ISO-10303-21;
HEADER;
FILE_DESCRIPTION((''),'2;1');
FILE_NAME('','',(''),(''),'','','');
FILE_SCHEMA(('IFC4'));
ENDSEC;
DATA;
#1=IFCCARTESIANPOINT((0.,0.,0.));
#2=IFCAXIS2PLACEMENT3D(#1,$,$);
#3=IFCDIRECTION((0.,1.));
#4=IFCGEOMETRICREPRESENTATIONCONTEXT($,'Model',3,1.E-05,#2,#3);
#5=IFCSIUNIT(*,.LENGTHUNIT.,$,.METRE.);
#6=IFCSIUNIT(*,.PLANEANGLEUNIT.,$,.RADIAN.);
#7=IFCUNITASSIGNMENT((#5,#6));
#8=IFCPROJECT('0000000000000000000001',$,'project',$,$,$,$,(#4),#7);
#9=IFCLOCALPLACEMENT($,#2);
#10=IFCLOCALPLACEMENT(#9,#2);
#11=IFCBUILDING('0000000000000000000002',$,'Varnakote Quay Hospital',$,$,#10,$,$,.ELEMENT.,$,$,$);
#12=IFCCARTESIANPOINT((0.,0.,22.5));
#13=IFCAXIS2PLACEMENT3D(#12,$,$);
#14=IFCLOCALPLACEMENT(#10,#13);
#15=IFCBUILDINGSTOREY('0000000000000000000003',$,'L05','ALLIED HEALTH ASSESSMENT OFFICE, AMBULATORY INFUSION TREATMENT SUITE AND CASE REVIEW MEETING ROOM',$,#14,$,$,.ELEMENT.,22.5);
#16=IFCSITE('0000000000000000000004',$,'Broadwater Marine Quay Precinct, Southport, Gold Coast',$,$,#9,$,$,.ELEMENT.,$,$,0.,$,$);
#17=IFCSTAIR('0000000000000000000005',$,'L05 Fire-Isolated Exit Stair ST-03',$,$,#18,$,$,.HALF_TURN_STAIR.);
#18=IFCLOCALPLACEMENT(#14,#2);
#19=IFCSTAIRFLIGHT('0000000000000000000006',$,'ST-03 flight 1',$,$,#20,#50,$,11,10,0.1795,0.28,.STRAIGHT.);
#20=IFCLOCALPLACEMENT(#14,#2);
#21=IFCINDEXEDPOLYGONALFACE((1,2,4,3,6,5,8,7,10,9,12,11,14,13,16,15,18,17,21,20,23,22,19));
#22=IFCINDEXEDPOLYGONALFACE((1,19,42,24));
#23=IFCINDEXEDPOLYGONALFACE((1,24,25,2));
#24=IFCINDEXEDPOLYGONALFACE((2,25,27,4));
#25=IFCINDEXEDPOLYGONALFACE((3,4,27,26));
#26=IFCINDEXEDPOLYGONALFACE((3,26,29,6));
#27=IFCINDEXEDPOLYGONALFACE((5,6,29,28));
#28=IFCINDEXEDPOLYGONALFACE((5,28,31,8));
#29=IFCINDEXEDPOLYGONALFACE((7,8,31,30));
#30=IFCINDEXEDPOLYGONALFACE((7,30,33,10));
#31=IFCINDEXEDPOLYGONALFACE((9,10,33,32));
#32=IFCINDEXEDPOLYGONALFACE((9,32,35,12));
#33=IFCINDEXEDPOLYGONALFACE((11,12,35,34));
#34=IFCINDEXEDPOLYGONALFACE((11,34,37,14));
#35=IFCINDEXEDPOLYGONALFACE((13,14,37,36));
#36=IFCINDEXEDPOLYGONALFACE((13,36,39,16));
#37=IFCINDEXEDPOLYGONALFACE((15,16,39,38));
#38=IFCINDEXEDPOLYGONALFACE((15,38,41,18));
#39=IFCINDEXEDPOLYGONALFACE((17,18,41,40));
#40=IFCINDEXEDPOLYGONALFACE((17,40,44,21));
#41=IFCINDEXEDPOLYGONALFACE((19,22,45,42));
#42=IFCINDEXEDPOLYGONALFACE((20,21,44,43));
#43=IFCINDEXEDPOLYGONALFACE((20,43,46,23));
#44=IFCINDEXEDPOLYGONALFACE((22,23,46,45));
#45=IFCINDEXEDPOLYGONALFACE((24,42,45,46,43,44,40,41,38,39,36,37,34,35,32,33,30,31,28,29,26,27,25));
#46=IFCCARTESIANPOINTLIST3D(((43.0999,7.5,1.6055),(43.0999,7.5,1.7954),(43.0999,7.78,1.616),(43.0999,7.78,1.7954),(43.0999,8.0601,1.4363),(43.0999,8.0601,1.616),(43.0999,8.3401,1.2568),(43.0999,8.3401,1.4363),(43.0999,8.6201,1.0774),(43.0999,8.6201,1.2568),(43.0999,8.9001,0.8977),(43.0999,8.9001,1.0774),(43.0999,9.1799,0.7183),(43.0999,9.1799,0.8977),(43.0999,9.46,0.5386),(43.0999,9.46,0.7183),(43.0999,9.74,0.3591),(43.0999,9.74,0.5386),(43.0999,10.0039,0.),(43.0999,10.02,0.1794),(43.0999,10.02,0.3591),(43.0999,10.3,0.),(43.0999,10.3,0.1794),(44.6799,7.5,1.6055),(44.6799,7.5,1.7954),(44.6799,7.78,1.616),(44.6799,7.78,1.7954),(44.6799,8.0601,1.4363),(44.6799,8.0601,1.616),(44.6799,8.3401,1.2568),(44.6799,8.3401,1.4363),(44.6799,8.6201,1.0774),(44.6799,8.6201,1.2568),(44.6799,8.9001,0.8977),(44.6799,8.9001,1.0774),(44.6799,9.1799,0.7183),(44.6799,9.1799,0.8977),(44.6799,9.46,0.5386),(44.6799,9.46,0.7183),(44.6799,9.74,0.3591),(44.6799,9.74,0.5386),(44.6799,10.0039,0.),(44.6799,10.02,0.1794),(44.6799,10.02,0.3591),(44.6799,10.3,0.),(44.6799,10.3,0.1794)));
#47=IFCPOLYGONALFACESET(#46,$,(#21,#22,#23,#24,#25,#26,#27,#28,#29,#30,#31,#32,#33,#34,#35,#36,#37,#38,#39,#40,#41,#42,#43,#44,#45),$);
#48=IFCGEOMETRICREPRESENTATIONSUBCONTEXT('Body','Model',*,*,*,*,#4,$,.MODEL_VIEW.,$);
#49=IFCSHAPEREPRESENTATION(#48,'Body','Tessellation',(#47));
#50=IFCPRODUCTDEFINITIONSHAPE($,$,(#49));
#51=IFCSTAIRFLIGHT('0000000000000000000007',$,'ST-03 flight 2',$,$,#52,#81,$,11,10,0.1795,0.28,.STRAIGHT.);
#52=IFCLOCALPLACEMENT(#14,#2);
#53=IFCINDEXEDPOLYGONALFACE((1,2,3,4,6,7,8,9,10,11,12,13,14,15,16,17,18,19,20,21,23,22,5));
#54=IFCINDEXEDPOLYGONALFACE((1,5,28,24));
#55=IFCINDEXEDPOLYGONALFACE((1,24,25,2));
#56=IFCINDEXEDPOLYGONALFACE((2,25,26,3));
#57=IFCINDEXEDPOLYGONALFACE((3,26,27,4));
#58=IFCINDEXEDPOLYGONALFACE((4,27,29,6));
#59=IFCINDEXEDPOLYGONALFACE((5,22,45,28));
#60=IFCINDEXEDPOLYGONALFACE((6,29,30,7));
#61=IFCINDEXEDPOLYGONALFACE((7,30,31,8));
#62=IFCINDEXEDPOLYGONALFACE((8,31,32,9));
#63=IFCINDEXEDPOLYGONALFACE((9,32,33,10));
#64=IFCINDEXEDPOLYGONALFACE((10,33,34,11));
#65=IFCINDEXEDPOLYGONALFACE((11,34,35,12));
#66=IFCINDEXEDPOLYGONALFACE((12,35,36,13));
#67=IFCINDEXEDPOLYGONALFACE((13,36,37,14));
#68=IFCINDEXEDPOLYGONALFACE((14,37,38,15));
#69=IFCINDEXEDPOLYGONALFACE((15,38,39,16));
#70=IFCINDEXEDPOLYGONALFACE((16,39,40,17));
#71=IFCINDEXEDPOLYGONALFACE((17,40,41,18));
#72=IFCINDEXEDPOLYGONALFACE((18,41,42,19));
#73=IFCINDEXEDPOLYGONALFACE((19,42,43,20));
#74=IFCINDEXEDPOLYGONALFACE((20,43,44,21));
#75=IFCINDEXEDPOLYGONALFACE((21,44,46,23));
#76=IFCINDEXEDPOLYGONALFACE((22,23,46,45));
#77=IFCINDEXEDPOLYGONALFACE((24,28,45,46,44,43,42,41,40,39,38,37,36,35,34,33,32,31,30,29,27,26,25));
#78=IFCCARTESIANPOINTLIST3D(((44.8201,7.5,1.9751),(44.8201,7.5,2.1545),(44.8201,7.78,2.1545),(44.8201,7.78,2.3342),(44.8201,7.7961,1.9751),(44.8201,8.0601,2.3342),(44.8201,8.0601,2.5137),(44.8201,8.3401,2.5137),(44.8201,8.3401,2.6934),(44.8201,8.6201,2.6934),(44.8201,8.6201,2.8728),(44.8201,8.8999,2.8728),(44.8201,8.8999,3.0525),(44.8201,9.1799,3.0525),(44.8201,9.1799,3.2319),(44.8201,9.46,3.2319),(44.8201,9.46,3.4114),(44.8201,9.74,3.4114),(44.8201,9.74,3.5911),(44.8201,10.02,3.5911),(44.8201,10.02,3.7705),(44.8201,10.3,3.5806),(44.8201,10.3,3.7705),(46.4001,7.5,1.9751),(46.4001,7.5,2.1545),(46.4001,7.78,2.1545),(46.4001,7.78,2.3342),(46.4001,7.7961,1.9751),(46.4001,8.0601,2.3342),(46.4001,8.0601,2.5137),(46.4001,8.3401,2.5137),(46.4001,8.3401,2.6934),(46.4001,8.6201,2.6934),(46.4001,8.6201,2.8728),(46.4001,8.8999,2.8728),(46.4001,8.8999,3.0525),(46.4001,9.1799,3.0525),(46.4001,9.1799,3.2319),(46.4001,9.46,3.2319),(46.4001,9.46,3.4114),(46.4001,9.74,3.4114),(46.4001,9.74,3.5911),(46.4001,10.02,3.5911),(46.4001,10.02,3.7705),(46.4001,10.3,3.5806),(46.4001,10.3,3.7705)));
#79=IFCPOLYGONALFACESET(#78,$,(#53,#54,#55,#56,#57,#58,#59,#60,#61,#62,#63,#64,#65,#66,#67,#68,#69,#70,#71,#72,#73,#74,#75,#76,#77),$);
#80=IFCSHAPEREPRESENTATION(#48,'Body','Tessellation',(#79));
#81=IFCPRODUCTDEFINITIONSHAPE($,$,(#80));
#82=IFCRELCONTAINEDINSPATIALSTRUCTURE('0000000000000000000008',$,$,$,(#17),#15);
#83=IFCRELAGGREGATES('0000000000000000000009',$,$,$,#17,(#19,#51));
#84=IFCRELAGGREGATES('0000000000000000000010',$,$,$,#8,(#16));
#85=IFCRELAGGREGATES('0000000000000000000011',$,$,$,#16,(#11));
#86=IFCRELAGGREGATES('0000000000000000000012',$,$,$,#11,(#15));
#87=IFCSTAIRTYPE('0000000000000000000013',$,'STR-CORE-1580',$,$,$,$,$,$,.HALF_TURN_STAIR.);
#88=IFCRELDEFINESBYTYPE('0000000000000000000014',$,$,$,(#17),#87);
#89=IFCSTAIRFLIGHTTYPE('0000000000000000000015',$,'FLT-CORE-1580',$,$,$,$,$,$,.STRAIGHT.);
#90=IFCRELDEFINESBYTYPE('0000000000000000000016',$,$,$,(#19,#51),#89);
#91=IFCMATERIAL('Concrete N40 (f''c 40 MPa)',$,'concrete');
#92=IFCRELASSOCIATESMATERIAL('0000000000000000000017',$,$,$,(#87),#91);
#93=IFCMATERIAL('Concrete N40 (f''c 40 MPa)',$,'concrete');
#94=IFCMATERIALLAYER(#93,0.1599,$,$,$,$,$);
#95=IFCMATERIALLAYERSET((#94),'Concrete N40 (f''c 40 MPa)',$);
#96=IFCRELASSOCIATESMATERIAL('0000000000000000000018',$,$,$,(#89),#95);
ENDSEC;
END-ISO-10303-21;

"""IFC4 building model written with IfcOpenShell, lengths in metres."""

from ifc_helpers import new_model, si_unit, direction, frame, origin, place, context, subcontext, project, spatial, polyline, outline, extrude, material, layer, layer_set, type_object, element, aggregate, save


model = new_model("IFC4")

# Units and contexts
model_context = context("Model", 3, precision=1e-05, world=origin(), true_north=direction((0.0, 1.0)))
body_context = subcontext(model_context, "Body", "Model", "MODEL_VIEW")
ifc_project = project(units=[si_unit("LENGTHUNIT", "METRE"), si_unit("PLANEANGLEUNIT", "RADIAN")], contexts=[model_context])

# Site, building, storey
site_placement = place(None, origin())
site = spatial("IfcSite", under=ifc_project, at=site_placement, Name="Broadwater Marine Quay Precinct, Southport, Gold Coast", CompositionType="ELEMENT", RefElevation=0.0)
building_placement = place(site_placement, origin())
building = spatial("IfcBuilding", under=site, at=building_placement, Name="Varnakote Quay Hospital", CompositionType="ELEMENT")
storey_placement = place(building_placement, frame((0.0, 0.0, 22.5)))
storey = spatial("IfcBuildingStorey", under=building, at=storey_placement, Name="L05", Description="ALLIED HEALTH ASSESSMENT OFFICE, AMBULATORY INFUSION TREATMENT SUITE AND CASE REVIEW MEETING ROOM", CompositionType="ELEMENT", Elevation=22.5)

# Stair, stair flights
ifc_material_1 = material(Name="Concrete N40 (f'c 40 MPa)", Category="concrete")
stair_type = type_object("IfcStairType", Name="STR-CORE-1580", PredefinedType="HALF_TURN_STAIR", material=ifc_material_1)
stair_placement = place(storey_placement, origin())
stair = element("IfcStair", 1, at=stair_placement, inside=storey, type_object=stair_type, Name="L05 Fire-Isolated Exit Stair ST-03", PredefinedType="HALF_TURN_STAIR")
ifc_material_2 = material(Name="Concrete N40 (f'c 40 MPa)", Category="concrete")
ifc_layer_1 = layer(ifc_material_2, 0.1599)
ifc_layer_set_1 = layer_set([ifc_layer_1], Name="Concrete N40 (f'c 40 MPa)")
stair_flight_type = type_object("IfcStairFlightType", Name="FLT-CORE-1580", PredefinedType="STRAIGHT", material=ifc_layer_set_1)
stair_flight_1_placement = place(storey_placement, frame((43.8899, 10.3, 0.0), z_axis=(0.0, 0.0, 1.0), x_axis=(0.0, -1.0, 0.0)))
stair_flight_1 = element("IfcStairFlight", 2, at=stair_flight_1_placement, type_object=stair_flight_type, Name="ST-03 flight 1", NumberOfRisers=11, NumberOfTreads=10, PredefinedType="STRAIGHT", RiserHeight=0.1795, TreadLength=0.28, context=body_context, shape_type="SweptSolid", body=[
    extrude(outline(polyline([(0.0, 0.0), (0.0, 0.1794), (0.28, 0.1794), (0.28, 0.3591), (0.5601, 0.3591), (0.5601, 0.5386), (0.8401, 0.5386), (0.8401, 0.7183), (1.1201, 0.7183), (1.1201, 0.8977), (1.3999, 0.8977), (1.3999, 1.0774), (1.6799, 1.0774), (1.6799, 1.2568), (1.96, 1.2568), (1.96, 1.4363), (2.24, 1.4363), (2.24, 1.616), (2.52, 1.616), (2.52, 1.7954), (2.8, 1.7954), (2.8, 1.9751), (2.8, 1.6055), (0.2961, 0.0), (0.0, 0.0)])), frame((0.0, 0.79, 0.0), z_axis=(0.0, -1.0, 0.0), x_axis=(1.0, 0.0, 0.0)), (0.0, 0.0, 1.0), 1.5801),
])
stair_flight_2_placement = place(storey_placement, frame((45.6101, 7.5, 1.9751), z_axis=(0.0, 0.0, 1.0), x_axis=(0.0, 1.0, 0.0)))
stair_flight_2 = element("IfcStairFlight", 3, at=stair_flight_2_placement, type_object=stair_flight_type, Name="ST-03 flight 2", NumberOfRisers=11, NumberOfTreads=10, PredefinedType="STRAIGHT", RiserHeight=0.1795, TreadLength=0.28, context=body_context, shape_type="SweptSolid", body=[
    extrude(outline(polyline([(0.0, 0.0), (0.0, 0.1794), (0.28, 0.1794), (0.28, 0.3591), (0.5601, 0.3591), (0.5601, 0.5386), (0.8401, 0.5386), (0.8401, 0.7183), (1.1201, 0.7183), (1.1201, 0.8977), (1.3999, 0.8977), (1.3999, 1.0774), (1.6799, 1.0774), (1.6799, 1.2568), (1.96, 1.2568), (1.96, 1.4363), (2.24, 1.4363), (2.24, 1.616), (2.52, 1.616), (2.52, 1.7954), (2.8, 1.7954), (2.8, 1.9751), (2.8, 1.6055), (0.2961, 0.0), (0.0, 0.0)])), frame((0.0, 0.79, 0.0), z_axis=(0.0, -1.0, 0.0), x_axis=(1.0, 0.0, 0.0)), (0.0, 0.0, 1.0), 1.5801),
])
aggregate(stair, [stair_flight_1, stair_flight_2])

save(model, "model.ifc")
